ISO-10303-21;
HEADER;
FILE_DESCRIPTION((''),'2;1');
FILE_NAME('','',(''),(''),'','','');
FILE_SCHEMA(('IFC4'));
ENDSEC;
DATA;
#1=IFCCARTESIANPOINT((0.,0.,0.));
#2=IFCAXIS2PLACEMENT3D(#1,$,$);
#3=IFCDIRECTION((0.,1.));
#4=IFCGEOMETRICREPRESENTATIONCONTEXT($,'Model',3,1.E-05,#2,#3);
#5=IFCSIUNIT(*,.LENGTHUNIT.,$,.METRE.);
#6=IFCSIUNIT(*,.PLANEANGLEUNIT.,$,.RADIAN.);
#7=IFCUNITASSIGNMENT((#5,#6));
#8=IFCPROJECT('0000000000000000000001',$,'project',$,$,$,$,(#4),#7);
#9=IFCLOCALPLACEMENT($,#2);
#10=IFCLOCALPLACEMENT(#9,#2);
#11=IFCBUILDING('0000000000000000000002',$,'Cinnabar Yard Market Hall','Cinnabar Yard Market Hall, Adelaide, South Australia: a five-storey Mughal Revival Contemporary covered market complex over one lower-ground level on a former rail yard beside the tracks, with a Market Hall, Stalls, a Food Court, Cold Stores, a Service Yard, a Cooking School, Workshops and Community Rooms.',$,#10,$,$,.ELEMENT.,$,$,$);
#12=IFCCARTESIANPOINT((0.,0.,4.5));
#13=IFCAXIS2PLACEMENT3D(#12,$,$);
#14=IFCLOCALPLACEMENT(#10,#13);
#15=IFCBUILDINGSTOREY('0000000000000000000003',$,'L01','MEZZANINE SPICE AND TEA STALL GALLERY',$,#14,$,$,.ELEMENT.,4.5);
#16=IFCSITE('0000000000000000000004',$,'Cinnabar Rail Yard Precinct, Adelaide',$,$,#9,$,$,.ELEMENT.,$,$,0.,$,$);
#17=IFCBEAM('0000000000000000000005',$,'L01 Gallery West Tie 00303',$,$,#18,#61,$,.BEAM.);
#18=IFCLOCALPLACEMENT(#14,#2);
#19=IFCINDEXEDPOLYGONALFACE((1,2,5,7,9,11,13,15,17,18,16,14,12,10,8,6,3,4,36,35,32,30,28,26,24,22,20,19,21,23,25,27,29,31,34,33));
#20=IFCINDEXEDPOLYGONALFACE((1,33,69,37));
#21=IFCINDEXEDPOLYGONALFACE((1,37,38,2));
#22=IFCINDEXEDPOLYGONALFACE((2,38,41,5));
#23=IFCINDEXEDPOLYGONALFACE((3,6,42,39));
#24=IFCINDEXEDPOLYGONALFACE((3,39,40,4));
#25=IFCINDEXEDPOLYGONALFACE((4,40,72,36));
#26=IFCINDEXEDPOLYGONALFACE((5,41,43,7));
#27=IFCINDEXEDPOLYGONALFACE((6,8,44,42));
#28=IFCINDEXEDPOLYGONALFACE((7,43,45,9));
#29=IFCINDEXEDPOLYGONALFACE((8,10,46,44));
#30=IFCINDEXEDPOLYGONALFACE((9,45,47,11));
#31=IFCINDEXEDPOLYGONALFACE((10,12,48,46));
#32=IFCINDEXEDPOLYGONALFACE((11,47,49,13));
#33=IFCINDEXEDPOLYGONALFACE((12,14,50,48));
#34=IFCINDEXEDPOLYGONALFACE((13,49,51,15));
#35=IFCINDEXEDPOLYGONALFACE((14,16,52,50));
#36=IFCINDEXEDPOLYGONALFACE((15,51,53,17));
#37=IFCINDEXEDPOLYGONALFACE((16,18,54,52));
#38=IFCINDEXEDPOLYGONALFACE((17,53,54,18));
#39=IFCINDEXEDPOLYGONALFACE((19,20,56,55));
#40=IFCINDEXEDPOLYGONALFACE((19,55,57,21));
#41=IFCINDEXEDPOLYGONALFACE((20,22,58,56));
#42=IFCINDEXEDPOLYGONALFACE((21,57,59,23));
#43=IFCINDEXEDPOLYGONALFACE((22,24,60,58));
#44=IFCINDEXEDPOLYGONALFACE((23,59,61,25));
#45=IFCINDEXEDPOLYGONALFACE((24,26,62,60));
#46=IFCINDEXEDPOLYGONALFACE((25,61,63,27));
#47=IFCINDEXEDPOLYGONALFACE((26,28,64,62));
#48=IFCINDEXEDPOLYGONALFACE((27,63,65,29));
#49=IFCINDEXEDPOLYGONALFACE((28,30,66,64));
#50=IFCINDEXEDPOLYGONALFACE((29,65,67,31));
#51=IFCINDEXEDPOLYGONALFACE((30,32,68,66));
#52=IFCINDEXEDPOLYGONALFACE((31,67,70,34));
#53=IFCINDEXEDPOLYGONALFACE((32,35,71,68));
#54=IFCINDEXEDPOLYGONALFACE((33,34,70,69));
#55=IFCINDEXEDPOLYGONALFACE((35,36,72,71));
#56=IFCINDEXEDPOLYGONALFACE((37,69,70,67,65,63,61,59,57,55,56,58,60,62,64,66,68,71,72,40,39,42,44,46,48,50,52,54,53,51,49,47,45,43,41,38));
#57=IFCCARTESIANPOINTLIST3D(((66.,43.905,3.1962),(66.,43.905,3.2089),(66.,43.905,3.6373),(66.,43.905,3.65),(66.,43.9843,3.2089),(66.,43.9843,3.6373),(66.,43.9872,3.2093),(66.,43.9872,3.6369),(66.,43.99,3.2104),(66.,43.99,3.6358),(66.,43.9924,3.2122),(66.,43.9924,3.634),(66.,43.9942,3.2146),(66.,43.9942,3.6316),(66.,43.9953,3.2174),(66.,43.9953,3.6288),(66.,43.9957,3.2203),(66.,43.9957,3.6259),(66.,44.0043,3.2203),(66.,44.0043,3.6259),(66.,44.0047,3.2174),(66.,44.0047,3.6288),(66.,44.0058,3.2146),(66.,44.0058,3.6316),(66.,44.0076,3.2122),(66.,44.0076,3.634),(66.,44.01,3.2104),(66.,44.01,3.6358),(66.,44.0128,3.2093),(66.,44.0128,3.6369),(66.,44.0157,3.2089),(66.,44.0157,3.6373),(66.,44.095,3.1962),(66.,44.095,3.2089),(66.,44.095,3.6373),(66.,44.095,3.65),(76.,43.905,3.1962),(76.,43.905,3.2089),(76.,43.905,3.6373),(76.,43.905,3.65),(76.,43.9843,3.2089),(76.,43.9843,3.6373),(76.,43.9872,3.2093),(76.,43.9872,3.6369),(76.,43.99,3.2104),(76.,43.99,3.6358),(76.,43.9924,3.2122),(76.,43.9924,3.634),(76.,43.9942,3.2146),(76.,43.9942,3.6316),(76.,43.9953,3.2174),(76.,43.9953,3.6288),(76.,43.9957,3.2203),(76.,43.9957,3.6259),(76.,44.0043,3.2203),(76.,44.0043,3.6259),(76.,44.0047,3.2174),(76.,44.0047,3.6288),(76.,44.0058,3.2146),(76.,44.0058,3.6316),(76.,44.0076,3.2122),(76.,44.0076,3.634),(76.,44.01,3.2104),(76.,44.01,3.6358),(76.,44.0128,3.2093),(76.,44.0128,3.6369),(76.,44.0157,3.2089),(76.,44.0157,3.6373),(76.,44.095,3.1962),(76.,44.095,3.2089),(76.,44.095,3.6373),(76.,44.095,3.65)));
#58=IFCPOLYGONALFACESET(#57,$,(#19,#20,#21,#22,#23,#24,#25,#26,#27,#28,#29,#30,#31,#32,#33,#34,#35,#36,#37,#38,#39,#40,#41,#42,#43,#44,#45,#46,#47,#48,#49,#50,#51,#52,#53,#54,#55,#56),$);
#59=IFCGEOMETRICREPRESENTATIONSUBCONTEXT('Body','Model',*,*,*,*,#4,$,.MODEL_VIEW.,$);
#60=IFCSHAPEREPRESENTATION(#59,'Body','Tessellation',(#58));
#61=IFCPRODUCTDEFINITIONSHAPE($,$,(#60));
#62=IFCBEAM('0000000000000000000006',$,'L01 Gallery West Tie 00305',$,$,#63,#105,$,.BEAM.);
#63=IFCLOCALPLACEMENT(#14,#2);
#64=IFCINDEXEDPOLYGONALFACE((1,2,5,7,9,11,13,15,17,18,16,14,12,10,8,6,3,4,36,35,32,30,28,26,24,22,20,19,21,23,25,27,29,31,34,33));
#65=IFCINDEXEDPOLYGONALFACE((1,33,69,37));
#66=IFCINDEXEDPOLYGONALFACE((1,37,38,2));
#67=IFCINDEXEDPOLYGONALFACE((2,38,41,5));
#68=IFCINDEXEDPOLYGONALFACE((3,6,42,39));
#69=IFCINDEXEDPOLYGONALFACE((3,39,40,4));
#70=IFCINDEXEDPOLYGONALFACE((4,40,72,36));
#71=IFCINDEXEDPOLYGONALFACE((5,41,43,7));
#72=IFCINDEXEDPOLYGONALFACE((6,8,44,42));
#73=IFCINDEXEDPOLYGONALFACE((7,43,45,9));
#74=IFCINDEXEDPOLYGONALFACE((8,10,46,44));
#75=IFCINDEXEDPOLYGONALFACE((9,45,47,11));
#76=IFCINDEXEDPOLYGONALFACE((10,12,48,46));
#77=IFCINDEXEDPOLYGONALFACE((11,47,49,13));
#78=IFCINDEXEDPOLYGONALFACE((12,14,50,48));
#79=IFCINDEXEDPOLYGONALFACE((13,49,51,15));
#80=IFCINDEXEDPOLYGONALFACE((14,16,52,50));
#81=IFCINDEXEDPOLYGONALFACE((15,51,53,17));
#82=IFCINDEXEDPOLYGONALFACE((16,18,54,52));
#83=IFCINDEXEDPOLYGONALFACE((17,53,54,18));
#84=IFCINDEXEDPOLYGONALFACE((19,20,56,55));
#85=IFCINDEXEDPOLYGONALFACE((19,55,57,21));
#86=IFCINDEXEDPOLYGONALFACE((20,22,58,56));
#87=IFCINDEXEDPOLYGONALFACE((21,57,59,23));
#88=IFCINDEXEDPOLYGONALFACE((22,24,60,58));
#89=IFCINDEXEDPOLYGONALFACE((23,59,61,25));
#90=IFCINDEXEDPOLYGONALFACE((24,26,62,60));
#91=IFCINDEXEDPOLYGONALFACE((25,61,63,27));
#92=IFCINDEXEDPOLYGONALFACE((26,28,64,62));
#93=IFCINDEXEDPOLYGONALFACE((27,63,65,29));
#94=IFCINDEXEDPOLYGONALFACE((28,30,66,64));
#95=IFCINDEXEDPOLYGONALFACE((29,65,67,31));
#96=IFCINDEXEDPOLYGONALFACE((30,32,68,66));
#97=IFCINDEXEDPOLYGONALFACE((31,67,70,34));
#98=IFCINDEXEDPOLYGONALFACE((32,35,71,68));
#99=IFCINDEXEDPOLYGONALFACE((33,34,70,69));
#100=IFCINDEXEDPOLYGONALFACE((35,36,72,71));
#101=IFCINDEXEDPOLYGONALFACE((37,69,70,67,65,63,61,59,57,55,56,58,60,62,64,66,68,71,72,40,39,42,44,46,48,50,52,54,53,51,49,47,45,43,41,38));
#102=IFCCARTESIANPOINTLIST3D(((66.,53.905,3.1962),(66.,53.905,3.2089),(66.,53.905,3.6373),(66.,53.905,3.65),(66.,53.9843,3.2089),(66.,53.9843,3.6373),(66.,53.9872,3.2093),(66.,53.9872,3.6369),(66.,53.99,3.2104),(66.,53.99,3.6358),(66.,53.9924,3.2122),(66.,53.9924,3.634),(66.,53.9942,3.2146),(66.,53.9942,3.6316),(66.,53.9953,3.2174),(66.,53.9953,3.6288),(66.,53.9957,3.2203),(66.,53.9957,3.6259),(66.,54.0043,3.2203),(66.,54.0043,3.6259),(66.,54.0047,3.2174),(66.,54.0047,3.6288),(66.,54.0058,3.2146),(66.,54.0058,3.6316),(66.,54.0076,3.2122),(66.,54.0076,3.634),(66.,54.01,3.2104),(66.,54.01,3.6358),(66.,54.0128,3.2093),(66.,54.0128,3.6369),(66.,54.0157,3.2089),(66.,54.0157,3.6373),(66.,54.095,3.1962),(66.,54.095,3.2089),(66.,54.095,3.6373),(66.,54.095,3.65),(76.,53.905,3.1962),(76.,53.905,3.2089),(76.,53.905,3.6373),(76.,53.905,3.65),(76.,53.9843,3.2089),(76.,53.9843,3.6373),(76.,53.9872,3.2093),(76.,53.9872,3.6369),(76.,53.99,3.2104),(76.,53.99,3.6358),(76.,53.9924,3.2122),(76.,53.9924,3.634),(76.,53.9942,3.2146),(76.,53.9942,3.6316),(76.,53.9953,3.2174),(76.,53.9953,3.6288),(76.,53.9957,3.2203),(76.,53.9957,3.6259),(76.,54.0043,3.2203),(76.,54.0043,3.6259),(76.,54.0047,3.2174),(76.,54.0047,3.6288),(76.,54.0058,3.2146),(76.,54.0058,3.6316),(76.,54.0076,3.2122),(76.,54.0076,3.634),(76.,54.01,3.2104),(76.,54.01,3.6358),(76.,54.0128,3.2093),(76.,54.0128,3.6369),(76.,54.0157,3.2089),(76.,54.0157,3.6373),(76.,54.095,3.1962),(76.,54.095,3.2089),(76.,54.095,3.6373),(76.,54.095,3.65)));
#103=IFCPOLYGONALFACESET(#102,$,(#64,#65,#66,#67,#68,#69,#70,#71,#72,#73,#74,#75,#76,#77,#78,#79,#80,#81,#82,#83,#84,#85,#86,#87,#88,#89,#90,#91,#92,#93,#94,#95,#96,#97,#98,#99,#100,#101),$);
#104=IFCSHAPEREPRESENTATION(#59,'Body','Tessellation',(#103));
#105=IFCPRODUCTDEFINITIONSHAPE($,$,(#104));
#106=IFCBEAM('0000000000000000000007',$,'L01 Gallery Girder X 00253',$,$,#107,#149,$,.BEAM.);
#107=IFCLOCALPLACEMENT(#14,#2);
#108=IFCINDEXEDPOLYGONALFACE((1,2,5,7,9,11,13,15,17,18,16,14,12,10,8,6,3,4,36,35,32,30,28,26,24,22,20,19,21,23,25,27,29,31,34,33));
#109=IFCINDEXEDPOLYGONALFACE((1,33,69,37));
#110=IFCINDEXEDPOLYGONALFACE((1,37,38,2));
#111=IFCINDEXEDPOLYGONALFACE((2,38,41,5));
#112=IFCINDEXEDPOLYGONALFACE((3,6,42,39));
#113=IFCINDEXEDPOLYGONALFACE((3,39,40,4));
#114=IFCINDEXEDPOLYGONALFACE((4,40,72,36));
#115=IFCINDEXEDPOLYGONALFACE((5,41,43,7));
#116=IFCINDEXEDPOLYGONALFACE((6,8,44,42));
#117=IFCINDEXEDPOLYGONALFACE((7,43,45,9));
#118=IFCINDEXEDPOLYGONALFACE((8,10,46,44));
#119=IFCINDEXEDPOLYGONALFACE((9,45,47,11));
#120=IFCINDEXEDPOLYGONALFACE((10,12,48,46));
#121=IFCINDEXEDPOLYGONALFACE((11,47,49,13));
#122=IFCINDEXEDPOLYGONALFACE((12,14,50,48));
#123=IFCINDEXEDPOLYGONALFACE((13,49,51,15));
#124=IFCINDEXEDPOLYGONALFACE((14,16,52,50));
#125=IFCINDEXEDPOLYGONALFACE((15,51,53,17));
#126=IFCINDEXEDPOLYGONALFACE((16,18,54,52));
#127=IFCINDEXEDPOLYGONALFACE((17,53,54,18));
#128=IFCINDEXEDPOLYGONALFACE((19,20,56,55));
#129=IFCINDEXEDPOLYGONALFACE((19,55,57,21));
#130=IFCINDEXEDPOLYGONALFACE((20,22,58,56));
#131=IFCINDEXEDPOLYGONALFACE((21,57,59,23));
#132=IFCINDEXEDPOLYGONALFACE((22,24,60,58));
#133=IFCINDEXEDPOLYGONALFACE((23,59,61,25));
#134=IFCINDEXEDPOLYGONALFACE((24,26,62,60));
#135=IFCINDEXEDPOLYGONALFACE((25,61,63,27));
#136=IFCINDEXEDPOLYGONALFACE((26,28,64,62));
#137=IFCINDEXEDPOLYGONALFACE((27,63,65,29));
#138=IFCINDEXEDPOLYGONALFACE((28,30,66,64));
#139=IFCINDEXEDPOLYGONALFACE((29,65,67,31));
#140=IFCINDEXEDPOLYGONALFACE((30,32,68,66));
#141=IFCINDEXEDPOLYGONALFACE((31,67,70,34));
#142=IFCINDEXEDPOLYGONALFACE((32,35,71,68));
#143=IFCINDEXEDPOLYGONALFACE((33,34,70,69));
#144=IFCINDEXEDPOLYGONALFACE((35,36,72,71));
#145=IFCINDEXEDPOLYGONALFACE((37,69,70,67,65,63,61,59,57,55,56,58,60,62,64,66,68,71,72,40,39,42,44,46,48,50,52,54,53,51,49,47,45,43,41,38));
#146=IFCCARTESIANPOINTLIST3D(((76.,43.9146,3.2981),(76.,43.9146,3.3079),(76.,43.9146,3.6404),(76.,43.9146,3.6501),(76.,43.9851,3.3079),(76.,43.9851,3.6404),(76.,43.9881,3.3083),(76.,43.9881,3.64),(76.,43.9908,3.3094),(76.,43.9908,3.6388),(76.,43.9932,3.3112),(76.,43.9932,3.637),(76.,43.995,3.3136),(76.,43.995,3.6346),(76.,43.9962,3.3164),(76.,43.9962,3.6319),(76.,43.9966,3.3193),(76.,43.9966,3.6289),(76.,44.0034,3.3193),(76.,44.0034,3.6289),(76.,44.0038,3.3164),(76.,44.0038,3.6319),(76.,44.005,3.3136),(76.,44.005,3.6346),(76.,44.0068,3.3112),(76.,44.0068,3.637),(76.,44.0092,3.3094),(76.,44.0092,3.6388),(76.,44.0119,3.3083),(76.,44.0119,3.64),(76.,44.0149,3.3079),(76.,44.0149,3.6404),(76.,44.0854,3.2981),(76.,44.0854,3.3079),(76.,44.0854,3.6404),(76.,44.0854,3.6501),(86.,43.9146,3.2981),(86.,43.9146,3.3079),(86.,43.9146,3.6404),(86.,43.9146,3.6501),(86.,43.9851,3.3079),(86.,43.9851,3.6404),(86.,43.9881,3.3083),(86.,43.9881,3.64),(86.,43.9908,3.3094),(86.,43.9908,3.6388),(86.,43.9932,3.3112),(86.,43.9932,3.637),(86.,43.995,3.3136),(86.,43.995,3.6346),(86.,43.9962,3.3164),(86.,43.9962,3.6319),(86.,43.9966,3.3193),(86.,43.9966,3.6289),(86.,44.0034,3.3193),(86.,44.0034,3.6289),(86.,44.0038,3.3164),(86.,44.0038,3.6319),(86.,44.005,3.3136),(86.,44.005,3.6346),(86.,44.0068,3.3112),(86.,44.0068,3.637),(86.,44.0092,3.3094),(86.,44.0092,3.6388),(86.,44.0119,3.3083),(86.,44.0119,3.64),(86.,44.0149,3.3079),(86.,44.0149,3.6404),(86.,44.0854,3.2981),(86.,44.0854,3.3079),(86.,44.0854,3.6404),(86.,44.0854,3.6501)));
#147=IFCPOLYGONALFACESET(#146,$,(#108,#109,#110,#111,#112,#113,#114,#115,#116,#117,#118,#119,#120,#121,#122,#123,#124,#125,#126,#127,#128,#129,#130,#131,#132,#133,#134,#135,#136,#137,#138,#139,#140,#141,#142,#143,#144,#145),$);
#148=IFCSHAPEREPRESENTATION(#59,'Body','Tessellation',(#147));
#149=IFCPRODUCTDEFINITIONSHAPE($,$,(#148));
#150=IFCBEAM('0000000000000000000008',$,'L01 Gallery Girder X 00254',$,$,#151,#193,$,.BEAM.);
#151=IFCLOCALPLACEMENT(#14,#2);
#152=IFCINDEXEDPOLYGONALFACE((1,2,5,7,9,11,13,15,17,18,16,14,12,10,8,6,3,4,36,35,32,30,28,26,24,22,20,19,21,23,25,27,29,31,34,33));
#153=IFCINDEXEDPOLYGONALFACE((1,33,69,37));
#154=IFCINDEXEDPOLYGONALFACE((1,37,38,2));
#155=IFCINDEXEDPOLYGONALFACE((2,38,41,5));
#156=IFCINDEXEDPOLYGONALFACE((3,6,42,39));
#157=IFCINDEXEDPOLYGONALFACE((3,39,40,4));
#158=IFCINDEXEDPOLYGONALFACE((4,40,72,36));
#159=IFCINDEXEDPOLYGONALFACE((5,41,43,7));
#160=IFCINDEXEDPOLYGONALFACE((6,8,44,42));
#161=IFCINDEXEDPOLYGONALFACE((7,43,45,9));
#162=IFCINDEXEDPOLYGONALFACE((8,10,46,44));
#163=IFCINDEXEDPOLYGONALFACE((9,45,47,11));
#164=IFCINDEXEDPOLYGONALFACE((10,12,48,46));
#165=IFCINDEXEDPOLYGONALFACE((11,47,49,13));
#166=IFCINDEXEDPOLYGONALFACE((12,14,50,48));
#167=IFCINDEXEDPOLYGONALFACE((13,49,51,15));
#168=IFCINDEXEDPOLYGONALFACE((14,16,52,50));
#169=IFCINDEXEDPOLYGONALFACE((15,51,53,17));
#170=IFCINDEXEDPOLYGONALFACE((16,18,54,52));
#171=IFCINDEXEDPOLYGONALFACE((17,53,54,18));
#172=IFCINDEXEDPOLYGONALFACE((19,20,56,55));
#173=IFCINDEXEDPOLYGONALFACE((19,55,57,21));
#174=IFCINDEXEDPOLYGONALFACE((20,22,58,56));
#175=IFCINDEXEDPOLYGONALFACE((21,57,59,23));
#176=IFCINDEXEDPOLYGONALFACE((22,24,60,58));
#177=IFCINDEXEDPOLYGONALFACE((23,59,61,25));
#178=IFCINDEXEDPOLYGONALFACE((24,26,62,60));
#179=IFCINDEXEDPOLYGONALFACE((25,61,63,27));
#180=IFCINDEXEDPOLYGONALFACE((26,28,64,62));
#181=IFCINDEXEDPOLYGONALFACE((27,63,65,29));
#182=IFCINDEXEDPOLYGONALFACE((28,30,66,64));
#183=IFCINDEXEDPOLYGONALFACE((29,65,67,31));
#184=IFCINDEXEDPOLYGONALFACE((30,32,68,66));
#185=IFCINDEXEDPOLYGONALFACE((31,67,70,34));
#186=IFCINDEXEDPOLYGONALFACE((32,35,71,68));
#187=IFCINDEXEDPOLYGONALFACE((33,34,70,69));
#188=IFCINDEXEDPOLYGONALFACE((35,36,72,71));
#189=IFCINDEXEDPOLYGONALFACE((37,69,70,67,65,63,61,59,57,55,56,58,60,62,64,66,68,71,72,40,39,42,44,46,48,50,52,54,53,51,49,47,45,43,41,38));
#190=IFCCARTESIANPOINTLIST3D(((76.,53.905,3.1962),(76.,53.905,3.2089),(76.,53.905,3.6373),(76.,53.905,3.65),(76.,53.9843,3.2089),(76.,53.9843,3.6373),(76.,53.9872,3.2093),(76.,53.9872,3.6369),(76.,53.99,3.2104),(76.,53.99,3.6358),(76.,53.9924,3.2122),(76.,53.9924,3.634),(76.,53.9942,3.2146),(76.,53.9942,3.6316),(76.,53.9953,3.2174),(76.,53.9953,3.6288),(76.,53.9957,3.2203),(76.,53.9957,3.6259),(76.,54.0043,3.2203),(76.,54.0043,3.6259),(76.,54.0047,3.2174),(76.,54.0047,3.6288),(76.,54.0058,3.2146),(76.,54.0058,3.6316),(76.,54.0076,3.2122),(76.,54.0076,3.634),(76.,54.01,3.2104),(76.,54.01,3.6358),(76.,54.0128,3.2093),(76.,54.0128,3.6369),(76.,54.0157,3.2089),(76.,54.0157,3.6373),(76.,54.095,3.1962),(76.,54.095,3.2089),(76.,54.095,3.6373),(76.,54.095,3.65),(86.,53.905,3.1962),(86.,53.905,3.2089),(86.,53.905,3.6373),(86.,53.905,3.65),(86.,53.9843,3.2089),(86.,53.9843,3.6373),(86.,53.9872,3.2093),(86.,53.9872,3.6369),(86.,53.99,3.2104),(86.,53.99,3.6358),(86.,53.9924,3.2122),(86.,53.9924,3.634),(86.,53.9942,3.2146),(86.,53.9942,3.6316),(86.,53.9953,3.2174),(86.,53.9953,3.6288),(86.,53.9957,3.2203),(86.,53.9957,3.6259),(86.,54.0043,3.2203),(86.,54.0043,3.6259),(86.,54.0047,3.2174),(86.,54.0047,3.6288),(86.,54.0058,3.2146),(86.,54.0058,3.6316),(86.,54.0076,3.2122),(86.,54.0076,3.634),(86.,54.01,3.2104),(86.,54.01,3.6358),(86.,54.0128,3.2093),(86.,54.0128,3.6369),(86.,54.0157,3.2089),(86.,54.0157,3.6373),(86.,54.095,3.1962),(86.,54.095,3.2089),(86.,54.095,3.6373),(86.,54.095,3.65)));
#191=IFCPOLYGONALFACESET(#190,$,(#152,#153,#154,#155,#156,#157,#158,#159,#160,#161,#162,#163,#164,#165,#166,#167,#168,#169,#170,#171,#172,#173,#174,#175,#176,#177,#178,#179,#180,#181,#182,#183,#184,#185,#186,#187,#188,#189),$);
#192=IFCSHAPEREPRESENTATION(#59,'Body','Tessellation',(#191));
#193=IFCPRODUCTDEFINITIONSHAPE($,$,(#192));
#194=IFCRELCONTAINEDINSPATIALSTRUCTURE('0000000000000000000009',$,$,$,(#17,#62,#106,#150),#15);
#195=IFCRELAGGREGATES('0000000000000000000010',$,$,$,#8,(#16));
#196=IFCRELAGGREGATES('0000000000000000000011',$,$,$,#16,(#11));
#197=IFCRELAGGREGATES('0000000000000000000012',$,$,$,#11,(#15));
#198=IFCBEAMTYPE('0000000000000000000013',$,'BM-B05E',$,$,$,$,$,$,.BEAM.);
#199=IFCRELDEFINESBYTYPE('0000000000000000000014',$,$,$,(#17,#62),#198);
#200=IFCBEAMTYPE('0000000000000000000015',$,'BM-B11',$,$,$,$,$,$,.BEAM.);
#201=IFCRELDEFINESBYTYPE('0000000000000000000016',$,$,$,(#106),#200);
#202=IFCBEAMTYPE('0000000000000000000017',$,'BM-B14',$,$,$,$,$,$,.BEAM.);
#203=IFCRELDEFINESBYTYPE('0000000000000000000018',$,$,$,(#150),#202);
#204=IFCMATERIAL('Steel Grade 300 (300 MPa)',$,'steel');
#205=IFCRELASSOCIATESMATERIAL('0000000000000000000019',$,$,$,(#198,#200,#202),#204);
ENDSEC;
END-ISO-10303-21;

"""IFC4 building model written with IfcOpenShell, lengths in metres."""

from ifc_helpers import new_model, si_unit, direction, frame, origin, origin_2d_with_axis, place, context, subcontext, project, spatial, i_section, extrude, material, material_profile, profile_set, type_object, element, save


model = new_model("IFC4")

# Units and contexts
model_context = context("Model", 3, precision=1e-05, world=origin(), true_north=direction((0.0, 1.0)))
body_context = subcontext(model_context, "Body", "Model", "MODEL_VIEW")
ifc_project = project(units=[si_unit("LENGTHUNIT", "METRE"), si_unit("PLANEANGLEUNIT", "RADIAN")], contexts=[model_context])

# Site, building, storey
site_placement = place(None, origin())
site = spatial("IfcSite", under=ifc_project, at=site_placement, Name="Cinnabar Rail Yard Precinct, Adelaide", CompositionType="ELEMENT", RefElevation=0.0)
building_placement = place(site_placement, origin())
building = spatial("IfcBuilding", under=site, at=building_placement, Name="Cinnabar Yard Market Hall", Description="Cinnabar Yard Market Hall, Adelaide, South Australia: a five-storey Mughal Revival Contemporary covered market complex over one lower-ground level on a former rail yard beside the tracks, with a Market Hall, Stalls, a Food Court, Cold Stores, a Service Yard, a Cooking School, Workshops and Community Rooms.", CompositionType="ELEMENT")
storey_placement = place(building_placement, frame((0.0, 0.0, 4.5)))
storey = spatial("IfcBuildingStorey", under=building, at=storey_placement, Name="L01", Description="MEZZANINE SPICE AND TEA STALL GALLERY", CompositionType="ELEMENT", Elevation=4.5)

# Beams
ifc_material_1 = material(Name="Steel Grade 300 (300 MPa)", Category="steel")
ifc_material_profile_1 = material_profile(ifc_material_1, i_section(OverallWidth=0.1899, OverallDepth=0.4539, WebThickness=0.0085, FlangeThickness=0.0127, FilletRadius=0.0115, at=origin_2d_with_axis()), Name="460UB67.1")
ifc_profile_set_1 = profile_set([ifc_material_profile_1], Name="Steel Grade 300 (300 MPa)")
beam_type_1 = type_object("IfcBeamType", Name="BM-B05E", PredefinedType="BEAM", material=ifc_profile_set_1)
for number, where, z_axis, x_axis, name in (
    (1, (76.0, 44.0, 3.4231), (-1.0, 0.0, 0.0), (0.0, -1.0, 0.0), "L01 Gallery West Tie 00303"),
    (2, (76.0, 54.0, 3.4231), (-1.0, 0.0, 0.0), (0.0, -1.0, 0.0), "L01 Gallery West Tie 00305"),
):
    element("IfcBeam", number, at=place(storey_placement, frame(where, z_axis=z_axis, x_axis=x_axis)), inside=storey, type_object=beam_type_1, Name=name, PredefinedType="BEAM", context=body_context, shape_type="SweptSolid", body=[
        extrude(i_section(OverallWidth=0.1899, OverallDepth=0.4539, WebThickness=0.0085, FlangeThickness=0.0127, FilletRadius=0.0115, at=origin_2d_with_axis()), origin(), (0.0, 0.0, 1.0), 10.0),
    ])
ifc_material_profile_2 = material_profile(ifc_material_1, i_section(OverallWidth=0.1709, OverallDepth=0.3521, WebThickness=0.0068, FlangeThickness=0.0098, FilletRadius=0.0115, at=origin_2d_with_axis()), Name="360UB44.7")
ifc_profile_set_2 = profile_set([ifc_material_profile_2], Name="Steel Grade 300 (300 MPa)")
beam_type_2 = type_object("IfcBeamType", Name="BM-B11", PredefinedType="BEAM", material=ifc_profile_set_2)
beam_1_placement = place(storey_placement, frame((76.0, 44.0, 3.4741), z_axis=(1.0, 0.0, 0.0), x_axis=(0.0, 1.0, 0.0)))
element("IfcBeam", 3, at=beam_1_placement, inside=storey, type_object=beam_type_2, Name="L01 Gallery Girder X 00253", PredefinedType="BEAM", context=body_context, shape_type="SweptSolid", body=[
    extrude(i_section(OverallWidth=0.1709, OverallDepth=0.3521, WebThickness=0.0068, FlangeThickness=0.0098, FilletRadius=0.0115, at=origin_2d_with_axis()), origin(), (0.0, 0.0, 1.0), 10.0),
])
ifc_material_profile_3 = material_profile(ifc_material_1, i_section(OverallWidth=0.1899, OverallDepth=0.4539, WebThickness=0.0085, FlangeThickness=0.0127, FilletRadius=0.0115, at=origin_2d_with_axis()), Name="460UB67.1")
ifc_profile_set_3 = profile_set([ifc_material_profile_3], Name="Steel Grade 300 (300 MPa)")
beam_type_3 = type_object("IfcBeamType", Name="BM-B14", PredefinedType="BEAM", material=ifc_profile_set_3)
beam_2_placement = place(storey_placement, frame((76.0, 54.0, 3.4231), z_axis=(1.0, 0.0, 0.0), x_axis=(0.0, 1.0, 0.0)))
element("IfcBeam", 4, at=beam_2_placement, inside=storey, type_object=beam_type_3, Name="L01 Gallery Girder X 00254", PredefinedType="BEAM", context=body_context, shape_type="SweptSolid", body=[
    extrude(i_section(OverallWidth=0.1899, OverallDepth=0.4539, WebThickness=0.0085, FlangeThickness=0.0127, FilletRadius=0.0115, at=origin_2d_with_axis()), origin(), (0.0, 0.0, 1.0), 10.0),
])

save(model, "model.ifc")
